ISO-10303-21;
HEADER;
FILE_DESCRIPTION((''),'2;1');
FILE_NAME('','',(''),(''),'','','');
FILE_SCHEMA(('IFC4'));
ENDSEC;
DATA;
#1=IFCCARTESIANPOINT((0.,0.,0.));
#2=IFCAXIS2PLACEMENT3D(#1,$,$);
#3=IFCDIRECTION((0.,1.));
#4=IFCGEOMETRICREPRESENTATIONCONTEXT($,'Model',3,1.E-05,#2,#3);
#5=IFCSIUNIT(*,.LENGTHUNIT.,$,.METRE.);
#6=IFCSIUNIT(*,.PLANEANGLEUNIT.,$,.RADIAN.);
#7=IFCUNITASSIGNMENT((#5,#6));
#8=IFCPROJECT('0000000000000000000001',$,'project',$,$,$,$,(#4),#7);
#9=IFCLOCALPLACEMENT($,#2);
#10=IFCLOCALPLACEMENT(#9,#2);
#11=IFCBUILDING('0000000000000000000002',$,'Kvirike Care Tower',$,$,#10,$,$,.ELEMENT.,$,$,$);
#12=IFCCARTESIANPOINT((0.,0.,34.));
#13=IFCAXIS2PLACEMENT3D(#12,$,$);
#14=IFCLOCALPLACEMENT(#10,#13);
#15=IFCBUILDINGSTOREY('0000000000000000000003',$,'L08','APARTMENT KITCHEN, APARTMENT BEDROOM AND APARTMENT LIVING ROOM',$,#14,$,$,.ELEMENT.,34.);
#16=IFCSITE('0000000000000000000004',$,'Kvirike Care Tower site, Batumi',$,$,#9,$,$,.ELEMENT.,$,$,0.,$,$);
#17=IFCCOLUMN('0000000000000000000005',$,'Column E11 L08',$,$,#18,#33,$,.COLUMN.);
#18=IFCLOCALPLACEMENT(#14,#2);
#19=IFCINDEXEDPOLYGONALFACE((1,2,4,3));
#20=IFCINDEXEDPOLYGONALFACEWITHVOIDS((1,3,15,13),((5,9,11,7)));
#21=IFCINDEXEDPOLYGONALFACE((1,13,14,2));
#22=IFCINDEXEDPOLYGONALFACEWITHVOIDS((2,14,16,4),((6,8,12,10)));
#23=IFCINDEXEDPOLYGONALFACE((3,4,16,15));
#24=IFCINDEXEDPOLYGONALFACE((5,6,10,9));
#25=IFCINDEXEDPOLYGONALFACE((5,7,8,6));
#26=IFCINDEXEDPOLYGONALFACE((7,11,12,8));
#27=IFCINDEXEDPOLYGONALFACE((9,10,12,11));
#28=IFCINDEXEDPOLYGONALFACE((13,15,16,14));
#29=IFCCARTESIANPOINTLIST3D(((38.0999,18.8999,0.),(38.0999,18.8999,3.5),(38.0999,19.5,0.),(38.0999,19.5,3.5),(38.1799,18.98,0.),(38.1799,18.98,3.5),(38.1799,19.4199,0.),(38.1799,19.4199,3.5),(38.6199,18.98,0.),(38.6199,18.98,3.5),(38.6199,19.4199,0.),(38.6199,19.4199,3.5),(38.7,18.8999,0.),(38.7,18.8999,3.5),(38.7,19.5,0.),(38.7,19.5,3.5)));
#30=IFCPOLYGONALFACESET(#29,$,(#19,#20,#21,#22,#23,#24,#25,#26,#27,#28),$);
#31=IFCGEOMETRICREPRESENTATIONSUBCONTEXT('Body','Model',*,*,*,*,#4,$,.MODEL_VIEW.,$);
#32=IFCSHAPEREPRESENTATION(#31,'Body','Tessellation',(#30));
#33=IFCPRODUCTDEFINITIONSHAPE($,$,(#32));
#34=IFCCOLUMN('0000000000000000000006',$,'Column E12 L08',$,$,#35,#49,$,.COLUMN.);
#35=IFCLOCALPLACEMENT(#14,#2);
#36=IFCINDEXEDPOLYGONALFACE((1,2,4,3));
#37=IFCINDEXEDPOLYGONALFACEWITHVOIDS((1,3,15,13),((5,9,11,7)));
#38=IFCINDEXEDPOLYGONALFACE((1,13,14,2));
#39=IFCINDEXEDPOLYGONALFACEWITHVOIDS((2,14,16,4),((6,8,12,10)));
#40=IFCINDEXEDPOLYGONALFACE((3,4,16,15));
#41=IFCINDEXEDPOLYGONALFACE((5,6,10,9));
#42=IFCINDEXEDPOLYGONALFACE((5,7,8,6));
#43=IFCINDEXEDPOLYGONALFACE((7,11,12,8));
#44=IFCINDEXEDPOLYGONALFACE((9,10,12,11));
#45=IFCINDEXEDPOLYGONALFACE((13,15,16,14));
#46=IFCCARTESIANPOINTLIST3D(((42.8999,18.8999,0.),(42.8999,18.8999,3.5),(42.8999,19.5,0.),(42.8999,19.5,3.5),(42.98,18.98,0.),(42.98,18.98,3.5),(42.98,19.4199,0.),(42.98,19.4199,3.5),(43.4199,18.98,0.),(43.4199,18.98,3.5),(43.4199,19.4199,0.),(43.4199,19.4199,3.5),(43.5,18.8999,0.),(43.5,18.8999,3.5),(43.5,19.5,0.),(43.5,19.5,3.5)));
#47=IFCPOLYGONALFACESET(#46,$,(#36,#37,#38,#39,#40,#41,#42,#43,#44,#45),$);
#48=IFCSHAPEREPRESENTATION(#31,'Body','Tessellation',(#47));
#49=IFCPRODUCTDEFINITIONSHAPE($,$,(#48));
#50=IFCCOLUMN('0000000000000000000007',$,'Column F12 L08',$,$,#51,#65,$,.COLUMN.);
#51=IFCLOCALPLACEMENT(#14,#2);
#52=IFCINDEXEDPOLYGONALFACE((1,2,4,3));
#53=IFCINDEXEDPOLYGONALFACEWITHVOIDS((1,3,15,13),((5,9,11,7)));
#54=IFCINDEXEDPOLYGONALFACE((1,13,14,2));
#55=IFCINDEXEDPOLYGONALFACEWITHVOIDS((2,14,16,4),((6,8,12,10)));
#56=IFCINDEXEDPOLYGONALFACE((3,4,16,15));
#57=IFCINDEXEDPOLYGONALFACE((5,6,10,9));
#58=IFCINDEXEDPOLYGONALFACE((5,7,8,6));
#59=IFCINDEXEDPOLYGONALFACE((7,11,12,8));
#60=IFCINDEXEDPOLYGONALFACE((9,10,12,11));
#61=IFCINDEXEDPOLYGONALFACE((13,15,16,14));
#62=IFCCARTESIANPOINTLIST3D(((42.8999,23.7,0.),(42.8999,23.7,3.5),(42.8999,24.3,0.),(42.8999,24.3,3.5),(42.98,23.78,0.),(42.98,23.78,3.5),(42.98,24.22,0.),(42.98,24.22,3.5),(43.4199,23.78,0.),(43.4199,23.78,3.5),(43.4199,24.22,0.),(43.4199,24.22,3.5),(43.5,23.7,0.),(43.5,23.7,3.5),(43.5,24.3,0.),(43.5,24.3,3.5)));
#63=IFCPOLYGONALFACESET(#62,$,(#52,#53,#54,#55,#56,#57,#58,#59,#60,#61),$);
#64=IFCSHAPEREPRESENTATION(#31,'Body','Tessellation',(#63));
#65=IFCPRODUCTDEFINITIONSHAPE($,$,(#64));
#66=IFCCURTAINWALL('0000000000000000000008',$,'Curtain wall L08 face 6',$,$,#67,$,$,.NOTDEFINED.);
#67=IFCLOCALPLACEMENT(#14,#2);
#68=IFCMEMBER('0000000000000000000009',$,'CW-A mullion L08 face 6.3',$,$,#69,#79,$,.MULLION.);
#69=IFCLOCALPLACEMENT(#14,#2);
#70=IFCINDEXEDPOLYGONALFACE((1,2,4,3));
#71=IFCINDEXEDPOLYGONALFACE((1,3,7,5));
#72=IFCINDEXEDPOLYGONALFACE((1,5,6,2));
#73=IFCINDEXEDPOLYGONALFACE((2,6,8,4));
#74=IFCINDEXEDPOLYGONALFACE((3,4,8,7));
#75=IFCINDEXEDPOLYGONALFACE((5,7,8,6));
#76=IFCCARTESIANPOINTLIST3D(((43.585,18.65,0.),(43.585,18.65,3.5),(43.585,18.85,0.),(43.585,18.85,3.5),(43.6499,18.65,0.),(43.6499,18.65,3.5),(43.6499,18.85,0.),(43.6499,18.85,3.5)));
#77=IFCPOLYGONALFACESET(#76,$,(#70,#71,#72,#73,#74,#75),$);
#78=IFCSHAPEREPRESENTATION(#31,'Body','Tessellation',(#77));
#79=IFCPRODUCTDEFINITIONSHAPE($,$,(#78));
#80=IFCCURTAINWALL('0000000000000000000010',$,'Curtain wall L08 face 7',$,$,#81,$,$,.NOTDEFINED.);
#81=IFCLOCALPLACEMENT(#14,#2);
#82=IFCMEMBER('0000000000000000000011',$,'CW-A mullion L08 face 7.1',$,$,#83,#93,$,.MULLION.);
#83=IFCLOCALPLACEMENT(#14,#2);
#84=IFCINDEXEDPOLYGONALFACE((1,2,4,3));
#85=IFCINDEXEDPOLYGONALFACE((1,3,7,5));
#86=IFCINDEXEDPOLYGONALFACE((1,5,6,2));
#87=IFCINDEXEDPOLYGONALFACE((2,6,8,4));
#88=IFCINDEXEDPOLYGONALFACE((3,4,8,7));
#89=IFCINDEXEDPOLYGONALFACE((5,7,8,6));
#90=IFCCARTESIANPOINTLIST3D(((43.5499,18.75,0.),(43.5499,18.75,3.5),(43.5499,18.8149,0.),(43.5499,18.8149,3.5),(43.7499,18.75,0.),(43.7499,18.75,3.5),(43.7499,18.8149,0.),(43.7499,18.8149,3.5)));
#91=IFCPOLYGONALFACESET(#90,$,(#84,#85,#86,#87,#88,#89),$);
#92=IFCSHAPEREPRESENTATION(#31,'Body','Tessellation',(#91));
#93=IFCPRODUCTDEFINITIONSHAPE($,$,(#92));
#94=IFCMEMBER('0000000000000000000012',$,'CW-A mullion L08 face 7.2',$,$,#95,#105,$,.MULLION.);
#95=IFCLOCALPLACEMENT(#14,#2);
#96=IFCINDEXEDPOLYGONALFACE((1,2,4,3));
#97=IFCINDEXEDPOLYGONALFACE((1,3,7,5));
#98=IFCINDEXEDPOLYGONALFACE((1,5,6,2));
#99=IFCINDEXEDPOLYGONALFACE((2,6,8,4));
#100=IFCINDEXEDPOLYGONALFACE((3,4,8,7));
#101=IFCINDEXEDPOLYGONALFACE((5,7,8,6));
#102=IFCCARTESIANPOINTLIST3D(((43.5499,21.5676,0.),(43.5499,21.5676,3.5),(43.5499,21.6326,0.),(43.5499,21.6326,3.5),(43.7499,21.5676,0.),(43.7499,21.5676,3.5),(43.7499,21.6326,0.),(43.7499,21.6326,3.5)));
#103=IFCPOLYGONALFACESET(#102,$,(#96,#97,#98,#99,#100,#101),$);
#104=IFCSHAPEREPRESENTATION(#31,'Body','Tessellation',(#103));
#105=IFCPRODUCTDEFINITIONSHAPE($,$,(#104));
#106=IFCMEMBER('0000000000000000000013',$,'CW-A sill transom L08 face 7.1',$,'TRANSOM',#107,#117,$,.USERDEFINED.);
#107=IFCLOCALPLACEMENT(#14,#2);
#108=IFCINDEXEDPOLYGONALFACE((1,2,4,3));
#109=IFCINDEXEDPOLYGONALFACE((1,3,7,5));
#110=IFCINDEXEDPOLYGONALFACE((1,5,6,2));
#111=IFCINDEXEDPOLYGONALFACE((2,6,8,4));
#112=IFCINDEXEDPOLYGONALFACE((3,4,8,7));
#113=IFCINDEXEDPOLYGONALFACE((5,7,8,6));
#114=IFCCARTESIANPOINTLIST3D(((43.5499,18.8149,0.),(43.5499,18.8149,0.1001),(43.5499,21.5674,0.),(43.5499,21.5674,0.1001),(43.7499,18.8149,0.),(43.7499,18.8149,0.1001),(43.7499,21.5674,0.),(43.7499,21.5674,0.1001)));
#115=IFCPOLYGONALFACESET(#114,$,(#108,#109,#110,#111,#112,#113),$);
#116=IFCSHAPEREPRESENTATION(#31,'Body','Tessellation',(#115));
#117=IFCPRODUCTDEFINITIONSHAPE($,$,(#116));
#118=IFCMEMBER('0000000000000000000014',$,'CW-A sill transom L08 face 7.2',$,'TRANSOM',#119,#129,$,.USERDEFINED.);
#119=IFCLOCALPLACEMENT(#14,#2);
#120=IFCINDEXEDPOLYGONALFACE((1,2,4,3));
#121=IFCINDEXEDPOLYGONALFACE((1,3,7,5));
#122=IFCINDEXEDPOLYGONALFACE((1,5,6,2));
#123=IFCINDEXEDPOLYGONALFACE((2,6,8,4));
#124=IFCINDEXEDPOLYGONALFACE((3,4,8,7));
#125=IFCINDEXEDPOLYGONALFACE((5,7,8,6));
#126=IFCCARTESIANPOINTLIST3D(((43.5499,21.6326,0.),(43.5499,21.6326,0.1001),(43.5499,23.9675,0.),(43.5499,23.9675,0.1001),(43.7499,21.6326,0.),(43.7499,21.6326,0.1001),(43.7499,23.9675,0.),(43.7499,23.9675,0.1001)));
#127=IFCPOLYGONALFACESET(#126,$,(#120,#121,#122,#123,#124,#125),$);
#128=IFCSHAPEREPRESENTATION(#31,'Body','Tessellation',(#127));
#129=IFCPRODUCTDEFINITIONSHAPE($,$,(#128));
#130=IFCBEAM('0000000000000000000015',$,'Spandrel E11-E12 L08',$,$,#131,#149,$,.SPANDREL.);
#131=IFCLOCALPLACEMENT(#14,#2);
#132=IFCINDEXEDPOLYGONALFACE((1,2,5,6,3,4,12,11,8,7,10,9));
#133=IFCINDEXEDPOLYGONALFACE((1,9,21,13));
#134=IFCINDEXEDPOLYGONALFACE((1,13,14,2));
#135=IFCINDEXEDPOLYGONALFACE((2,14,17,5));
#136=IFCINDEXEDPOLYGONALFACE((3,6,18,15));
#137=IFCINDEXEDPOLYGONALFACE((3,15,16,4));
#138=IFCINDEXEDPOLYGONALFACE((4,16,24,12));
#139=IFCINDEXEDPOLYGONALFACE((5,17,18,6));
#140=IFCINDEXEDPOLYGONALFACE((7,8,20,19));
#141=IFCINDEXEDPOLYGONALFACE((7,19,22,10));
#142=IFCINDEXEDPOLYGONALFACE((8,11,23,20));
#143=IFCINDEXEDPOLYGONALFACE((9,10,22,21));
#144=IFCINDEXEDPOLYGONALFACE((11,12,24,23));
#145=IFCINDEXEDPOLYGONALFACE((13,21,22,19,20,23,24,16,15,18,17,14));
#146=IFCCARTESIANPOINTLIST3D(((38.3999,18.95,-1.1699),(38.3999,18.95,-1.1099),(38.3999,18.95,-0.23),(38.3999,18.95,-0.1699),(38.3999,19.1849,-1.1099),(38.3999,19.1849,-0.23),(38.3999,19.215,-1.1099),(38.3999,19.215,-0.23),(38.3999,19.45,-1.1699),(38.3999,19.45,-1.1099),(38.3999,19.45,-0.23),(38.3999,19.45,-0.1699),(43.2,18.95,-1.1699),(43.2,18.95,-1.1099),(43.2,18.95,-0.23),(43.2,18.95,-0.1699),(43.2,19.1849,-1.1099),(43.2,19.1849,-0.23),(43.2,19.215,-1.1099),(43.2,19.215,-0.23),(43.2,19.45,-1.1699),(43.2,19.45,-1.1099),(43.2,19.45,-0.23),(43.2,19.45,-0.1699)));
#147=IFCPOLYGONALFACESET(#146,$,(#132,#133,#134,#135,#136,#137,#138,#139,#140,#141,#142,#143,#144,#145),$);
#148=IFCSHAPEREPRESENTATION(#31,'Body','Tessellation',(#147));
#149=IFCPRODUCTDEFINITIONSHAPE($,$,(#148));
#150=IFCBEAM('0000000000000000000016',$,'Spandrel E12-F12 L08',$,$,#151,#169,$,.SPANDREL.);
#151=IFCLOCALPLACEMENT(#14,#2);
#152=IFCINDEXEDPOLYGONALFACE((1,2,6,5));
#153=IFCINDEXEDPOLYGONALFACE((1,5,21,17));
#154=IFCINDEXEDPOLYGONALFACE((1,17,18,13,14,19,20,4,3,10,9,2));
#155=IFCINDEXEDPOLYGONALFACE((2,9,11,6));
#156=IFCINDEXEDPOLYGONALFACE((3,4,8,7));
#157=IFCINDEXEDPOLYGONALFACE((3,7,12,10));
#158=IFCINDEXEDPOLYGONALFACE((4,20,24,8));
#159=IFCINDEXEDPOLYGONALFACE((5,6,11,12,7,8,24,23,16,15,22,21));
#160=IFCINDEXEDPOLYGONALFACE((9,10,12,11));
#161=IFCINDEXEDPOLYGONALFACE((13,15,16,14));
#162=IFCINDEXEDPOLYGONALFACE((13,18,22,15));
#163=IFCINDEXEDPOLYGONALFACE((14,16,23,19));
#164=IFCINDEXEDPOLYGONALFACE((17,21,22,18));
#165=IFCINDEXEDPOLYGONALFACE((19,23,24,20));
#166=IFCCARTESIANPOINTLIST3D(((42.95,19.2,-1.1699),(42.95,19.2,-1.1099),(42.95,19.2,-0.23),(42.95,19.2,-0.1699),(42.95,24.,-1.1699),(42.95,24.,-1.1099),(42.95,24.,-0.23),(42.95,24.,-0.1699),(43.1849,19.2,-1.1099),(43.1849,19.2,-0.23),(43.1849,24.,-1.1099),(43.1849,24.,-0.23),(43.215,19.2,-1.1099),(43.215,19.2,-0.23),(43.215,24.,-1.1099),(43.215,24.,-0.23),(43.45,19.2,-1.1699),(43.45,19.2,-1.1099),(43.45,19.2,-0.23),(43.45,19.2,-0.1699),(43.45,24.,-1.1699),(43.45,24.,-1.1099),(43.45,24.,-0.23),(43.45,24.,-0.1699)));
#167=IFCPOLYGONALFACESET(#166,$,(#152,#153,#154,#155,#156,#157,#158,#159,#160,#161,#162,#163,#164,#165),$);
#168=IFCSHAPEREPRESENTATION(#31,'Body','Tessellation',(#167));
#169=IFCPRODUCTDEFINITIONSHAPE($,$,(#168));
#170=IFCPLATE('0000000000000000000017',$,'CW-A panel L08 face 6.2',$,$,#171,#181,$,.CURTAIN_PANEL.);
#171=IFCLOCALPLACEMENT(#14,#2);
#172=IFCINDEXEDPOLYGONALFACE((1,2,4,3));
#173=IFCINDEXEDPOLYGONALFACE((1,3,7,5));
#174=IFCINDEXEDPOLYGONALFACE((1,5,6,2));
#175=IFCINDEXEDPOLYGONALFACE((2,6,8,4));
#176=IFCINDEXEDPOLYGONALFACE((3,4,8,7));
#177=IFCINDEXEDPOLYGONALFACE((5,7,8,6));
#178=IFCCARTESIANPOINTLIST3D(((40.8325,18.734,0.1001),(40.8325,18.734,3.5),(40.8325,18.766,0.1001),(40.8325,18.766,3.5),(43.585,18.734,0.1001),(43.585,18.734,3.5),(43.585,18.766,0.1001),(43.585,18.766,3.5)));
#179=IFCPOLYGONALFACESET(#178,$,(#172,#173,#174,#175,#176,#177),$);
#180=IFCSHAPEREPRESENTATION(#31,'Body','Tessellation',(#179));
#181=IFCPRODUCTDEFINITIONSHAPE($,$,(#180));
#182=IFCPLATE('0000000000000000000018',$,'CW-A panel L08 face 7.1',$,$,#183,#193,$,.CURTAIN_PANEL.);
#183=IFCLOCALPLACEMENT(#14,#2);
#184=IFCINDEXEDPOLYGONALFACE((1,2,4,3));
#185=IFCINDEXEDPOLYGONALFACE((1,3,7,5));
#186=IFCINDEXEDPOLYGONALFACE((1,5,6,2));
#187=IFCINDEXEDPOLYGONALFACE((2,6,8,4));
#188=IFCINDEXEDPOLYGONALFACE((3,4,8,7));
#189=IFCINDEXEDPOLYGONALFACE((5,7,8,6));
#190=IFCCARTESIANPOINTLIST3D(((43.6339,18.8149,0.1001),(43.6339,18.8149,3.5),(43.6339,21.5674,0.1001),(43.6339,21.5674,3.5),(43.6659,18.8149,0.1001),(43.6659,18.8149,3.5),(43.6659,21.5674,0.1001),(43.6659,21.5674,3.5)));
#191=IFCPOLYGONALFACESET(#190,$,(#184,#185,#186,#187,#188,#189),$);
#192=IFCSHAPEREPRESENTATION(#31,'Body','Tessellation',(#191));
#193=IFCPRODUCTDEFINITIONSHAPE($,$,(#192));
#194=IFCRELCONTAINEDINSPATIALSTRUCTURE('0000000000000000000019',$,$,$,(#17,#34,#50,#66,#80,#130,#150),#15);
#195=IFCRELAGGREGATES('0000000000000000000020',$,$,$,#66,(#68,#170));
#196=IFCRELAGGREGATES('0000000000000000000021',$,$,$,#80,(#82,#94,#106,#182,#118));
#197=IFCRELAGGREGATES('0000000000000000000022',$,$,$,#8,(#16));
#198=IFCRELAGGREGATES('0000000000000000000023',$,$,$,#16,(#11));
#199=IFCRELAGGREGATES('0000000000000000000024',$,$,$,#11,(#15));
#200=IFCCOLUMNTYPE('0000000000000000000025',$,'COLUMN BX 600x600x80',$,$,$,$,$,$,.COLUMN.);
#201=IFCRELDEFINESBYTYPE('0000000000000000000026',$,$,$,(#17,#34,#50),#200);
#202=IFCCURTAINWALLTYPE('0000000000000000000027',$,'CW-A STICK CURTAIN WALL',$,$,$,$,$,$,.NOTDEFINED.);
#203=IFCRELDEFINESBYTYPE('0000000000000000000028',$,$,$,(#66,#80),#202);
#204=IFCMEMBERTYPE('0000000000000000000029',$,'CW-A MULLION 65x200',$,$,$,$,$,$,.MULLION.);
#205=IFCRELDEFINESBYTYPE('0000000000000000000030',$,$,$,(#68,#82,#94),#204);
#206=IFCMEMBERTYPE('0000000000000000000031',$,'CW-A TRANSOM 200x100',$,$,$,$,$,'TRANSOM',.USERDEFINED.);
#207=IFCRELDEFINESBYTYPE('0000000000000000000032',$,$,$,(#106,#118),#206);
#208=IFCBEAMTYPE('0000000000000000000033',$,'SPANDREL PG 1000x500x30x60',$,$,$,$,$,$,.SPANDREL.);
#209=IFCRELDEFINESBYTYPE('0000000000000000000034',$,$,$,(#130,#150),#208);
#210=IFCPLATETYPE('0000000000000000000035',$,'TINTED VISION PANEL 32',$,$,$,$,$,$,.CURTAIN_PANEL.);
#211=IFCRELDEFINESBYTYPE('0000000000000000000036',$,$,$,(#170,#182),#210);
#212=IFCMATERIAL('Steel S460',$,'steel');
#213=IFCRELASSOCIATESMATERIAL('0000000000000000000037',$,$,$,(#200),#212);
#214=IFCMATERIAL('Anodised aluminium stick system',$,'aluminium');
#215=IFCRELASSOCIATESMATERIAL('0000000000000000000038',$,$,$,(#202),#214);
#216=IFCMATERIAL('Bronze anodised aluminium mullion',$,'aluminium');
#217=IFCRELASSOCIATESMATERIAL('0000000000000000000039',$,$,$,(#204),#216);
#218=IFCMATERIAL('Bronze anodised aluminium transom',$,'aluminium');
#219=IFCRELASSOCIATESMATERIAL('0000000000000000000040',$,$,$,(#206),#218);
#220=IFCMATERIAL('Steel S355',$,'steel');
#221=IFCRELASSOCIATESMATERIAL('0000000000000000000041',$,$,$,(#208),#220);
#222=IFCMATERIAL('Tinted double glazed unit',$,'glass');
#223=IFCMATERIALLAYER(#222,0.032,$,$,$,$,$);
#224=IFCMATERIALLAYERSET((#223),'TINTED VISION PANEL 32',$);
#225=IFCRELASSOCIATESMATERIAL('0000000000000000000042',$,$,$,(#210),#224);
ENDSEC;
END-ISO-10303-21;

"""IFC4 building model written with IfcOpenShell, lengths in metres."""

from ifc_helpers import new_model, si_unit, direction, frame, origin, origin_2d, place, context, subcontext, project, spatial, rectangle, hollow_rectangle, i_section, extrude, material, layer, layer_set, material_profile, profile_set, type_object, element, aggregate, save


model = new_model("IFC4")

# Units and contexts
model_context = context("Model", 3, precision=1e-05, world=origin(), true_north=direction((0.0, 1.0)))
body_context = subcontext(model_context, "Body", "Model", "MODEL_VIEW")
ifc_project = project(units=[si_unit("LENGTHUNIT", "METRE"), si_unit("PLANEANGLEUNIT", "RADIAN")], contexts=[model_context])

# Site, building, storey
site_placement = place(None, origin())
site = spatial("IfcSite", under=ifc_project, at=site_placement, Name="Kvirike Care Tower site, Batumi", CompositionType="ELEMENT", RefElevation=0.0)
building_placement = place(site_placement, origin())
building = spatial("IfcBuilding", under=site, at=building_placement, Name="Kvirike Care Tower", CompositionType="ELEMENT")
storey_placement = place(building_placement, frame((0.0, 0.0, 34.0)))
storey = spatial("IfcBuildingStorey", under=building, at=storey_placement, Name="L08", Description="APARTMENT KITCHEN, APARTMENT BEDROOM AND APARTMENT LIVING ROOM", CompositionType="ELEMENT", Elevation=34.0)

# Columns
ifc_material_1 = material(Name="Steel S460", Category="steel")
ifc_material_profile_1 = material_profile(ifc_material_1, hollow_rectangle(XDim=0.6001, YDim=0.6001, WallThickness=0.0801, at=origin_2d()), Name="BX 600x600x80")
ifc_profile_set_1 = profile_set([ifc_material_profile_1], Name="Steel S460")
column_type = type_object("IfcColumnType", Name="COLUMN BX 600x600x80", PredefinedType="COLUMN", material=ifc_profile_set_1)
for number, where, z_axis, x_axis, name in (
    (1, (38.3999, 19.2, 0.0), (0.0, 0.0, 1.0), (0.0, 1.0, 0.0), "Column E11 L08"),
    (2, (43.2, 19.2, 0.0), (0.0, 0.0, 1.0), (0.0, 1.0, 0.0), "Column E12 L08"),
    (3, (43.2, 24.0, 0.0), (0.0, 0.0, 1.0), (1.0, 0.0, 0.0), "Column F12 L08"),
):
    element("IfcColumn", number, at=place(storey_placement, frame(where, z_axis=z_axis, x_axis=x_axis)), inside=storey, type_object=column_type, Name=name, PredefinedType="COLUMN", context=body_context, shape_type="SweptSolid", body=[
        extrude(hollow_rectangle(XDim=0.6001, YDim=0.6001, WallThickness=0.0801, at=origin_2d()), origin(), (0.0, 0.0, 1.0), 3.5),
    ])

# Curtain wall, member
ifc_material_2 = material(Name="Anodised aluminium stick system", Category="aluminium")
curtain_wall_type = type_object("IfcCurtainWallType", Name="CW-A STICK CURTAIN WALL", PredefinedType="NOTDEFINED", material=ifc_material_2)
curtain_wall_1_placement = place(storey_placement, origin())
curtain_wall_1 = element("IfcCurtainWall", 4, at=curtain_wall_1_placement, inside=storey, type_object=curtain_wall_type, Name="Curtain wall L08 face 6", PredefinedType="NOTDEFINED")
ifc_material_3 = material(Name="Bronze anodised aluminium mullion", Category="aluminium")
ifc_material_profile_2 = material_profile(ifc_material_3, rectangle(XDim=0.0649, YDim=0.2, at=origin_2d()), Name="CW-A MULLION 65x200")
ifc_profile_set_2 = profile_set([ifc_material_profile_2], Name="Bronze anodised aluminium mullion")
member_type_1 = type_object("IfcMemberType", Name="CW-A MULLION 65x200", PredefinedType="MULLION", material=ifc_profile_set_2)
member_1_placement = place(storey_placement, frame((43.6174, 18.75, 0.0), z_axis=(0.0, 0.0, 1.0), x_axis=(1.0, 0.0, 0.0)))
member_1 = element("IfcMember", 5, at=member_1_placement, type_object=member_type_1, Name="CW-A mullion L08 face 6.3", PredefinedType="MULLION", context=body_context, shape_type="SweptSolid", body=[
    extrude(rectangle(XDim=0.0649, YDim=0.2, at=origin_2d()), origin(), (0.0, 0.0, 1.0), 3.5),
])

# Curtain wall, members
curtain_wall_2_placement = place(storey_placement, origin())
curtain_wall_2 = element("IfcCurtainWall", 6, at=curtain_wall_2_placement, inside=storey, type_object=curtain_wall_type, Name="Curtain wall L08 face 7", PredefinedType="NOTDEFINED")
member_2_placement = place(storey_placement, frame((43.6499, 18.7825, 0.0), z_axis=(0.0, 0.0, 1.0), x_axis=(0.0, 1.0, 0.0)))
member_2 = element("IfcMember", 7, at=member_2_placement, type_object=member_type_1, Name="CW-A mullion L08 face 7.1", PredefinedType="MULLION", context=body_context, shape_type="SweptSolid", body=[
    extrude(rectangle(XDim=0.0649, YDim=0.2, at=origin_2d()), origin(), (0.0, 0.0, 1.0), 3.5),
])
member_3_placement = place(storey_placement, frame((43.6499, 21.6001, 0.0), z_axis=(0.0, 0.0, 1.0), x_axis=(0.0, 1.0, 0.0)))
member_3 = element("IfcMember", 8, at=member_3_placement, type_object=member_type_1, Name="CW-A mullion L08 face 7.2", PredefinedType="MULLION", context=body_context, shape_type="SweptSolid", body=[
    extrude(rectangle(XDim=0.0649, YDim=0.2, at=origin_2d()), origin(), (0.0, 0.0, 1.0), 3.5),
])
ifc_material_4 = material(Name="Bronze anodised aluminium transom", Category="aluminium")
ifc_material_profile_3 = material_profile(ifc_material_4, rectangle(XDim=0.2, YDim=0.1001, at=origin_2d()), Name="CW-A TRANSOM 200x100")
ifc_profile_set_3 = profile_set([ifc_material_profile_3], Name="Bronze anodised aluminium transom")
member_type_2 = type_object("IfcMemberType", Name="CW-A TRANSOM 200x100", ElementType="TRANSOM", PredefinedType="USERDEFINED", material=ifc_profile_set_3)
member_4_placement = place(storey_placement, frame((43.6499, 18.8149, 0.05), z_axis=(0.0, 1.0, 0.0), x_axis=(-1.0, 0.0, 0.0)))
member_4 = element("IfcMember", 9, at=member_4_placement, type_object=member_type_2, Name="CW-A sill transom L08 face 7.1", ObjectType="TRANSOM", PredefinedType="USERDEFINED", context=body_context, shape_type="SweptSolid", body=[
    extrude(rectangle(XDim=0.2, YDim=0.1001, at=origin_2d()), origin(), (0.0, 0.0, 1.0), 2.7524),
])
member_5_placement = place(storey_placement, frame((43.6499, 21.6326, 0.05), z_axis=(0.0, 1.0, 0.0), x_axis=(-1.0, 0.0, 0.0)))
member_5 = element("IfcMember", 10, at=member_5_placement, type_object=member_type_2, Name="CW-A sill transom L08 face 7.2", ObjectType="TRANSOM", PredefinedType="USERDEFINED", context=body_context, shape_type="SweptSolid", body=[
    extrude(rectangle(XDim=0.2, YDim=0.1001, at=origin_2d()), origin(), (0.0, 0.0, 1.0), 2.335),
])

# Beams
ifc_material_5 = material(Name="Steel S355", Category="steel")
ifc_material_profile_4 = material_profile(ifc_material_5, i_section(OverallWidth=0.5, OverallDepth=1.0, WebThickness=0.03, FlangeThickness=0.0601, at=origin_2d()), Name="PG 1000x500x30x60")
ifc_profile_set_4 = profile_set([ifc_material_profile_4], Name="Steel S355")
beam_type = type_object("IfcBeamType", Name="SPANDREL PG 1000x500x30x60", PredefinedType="SPANDREL", material=ifc_profile_set_4)
for number, where, z_axis, x_axis, name in (
    (11, (38.3999, 19.2, -0.6699), (1.0, 0.0, 0.0), (0.0, 1.0, 0.0), "Spandrel E11-E12 L08"),
    (12, (43.2, 19.2, -0.6699), (0.0, 1.0, 0.0), (-1.0, 0.0, 0.0), "Spandrel E12-F12 L08"),
):
    element("IfcBeam", number, at=place(storey_placement, frame(where, z_axis=z_axis, x_axis=x_axis)), inside=storey, type_object=beam_type, Name=name, PredefinedType="SPANDREL", context=body_context, shape_type="SweptSolid", body=[
        extrude(i_section(OverallWidth=0.5, OverallDepth=1.0, WebThickness=0.03, FlangeThickness=0.0601, at=origin_2d()), origin(), (0.0, 0.0, 1.0), 4.8),
    ])

# Plates
ifc_material_6 = material(Name="Tinted double glazed unit", Category="glass")
ifc_layer_1 = layer(ifc_material_6, 0.032)
ifc_layer_set_1 = layer_set([ifc_layer_1], Name="TINTED VISION PANEL 32")
plate_type = type_object("IfcPlateType", Name="TINTED VISION PANEL 32", PredefinedType="CURTAIN_PANEL", material=ifc_layer_set_1)
plate_1_placement = place(storey_placement, frame((42.2087, 18.75, 0.1001), z_axis=(0.0, 0.0, 1.0), x_axis=(1.0, 0.0, 0.0)))
plate_1 = element("IfcPlate", 13, at=plate_1_placement, type_object=plate_type, Name="CW-A panel L08 face 6.2", PredefinedType="CURTAIN_PANEL", context=body_context, shape_type="SweptSolid", body=[
    extrude(rectangle(XDim=2.7524, YDim=0.032, at=origin_2d()), origin(), (0.0, 0.0, 1.0), 3.3999),
])
aggregate(curtain_wall_1, [member_1, plate_1])
plate_2_placement = place(storey_placement, frame((43.6499, 20.1912, 0.1001), z_axis=(0.0, 0.0, 1.0), x_axis=(0.0, 1.0, 0.0)))
plate_2 = element("IfcPlate", 14, at=plate_2_placement, type_object=plate_type, Name="CW-A panel L08 face 7.1", PredefinedType="CURTAIN_PANEL", context=body_context, shape_type="SweptSolid", body=[
    extrude(rectangle(XDim=2.7524, YDim=0.032, at=origin_2d()), origin(), (0.0, 0.0, 1.0), 3.3999),
])
aggregate(curtain_wall_2, [member_2, member_3, member_4, plate_2, member_5])

save(model, "model.ifc")
